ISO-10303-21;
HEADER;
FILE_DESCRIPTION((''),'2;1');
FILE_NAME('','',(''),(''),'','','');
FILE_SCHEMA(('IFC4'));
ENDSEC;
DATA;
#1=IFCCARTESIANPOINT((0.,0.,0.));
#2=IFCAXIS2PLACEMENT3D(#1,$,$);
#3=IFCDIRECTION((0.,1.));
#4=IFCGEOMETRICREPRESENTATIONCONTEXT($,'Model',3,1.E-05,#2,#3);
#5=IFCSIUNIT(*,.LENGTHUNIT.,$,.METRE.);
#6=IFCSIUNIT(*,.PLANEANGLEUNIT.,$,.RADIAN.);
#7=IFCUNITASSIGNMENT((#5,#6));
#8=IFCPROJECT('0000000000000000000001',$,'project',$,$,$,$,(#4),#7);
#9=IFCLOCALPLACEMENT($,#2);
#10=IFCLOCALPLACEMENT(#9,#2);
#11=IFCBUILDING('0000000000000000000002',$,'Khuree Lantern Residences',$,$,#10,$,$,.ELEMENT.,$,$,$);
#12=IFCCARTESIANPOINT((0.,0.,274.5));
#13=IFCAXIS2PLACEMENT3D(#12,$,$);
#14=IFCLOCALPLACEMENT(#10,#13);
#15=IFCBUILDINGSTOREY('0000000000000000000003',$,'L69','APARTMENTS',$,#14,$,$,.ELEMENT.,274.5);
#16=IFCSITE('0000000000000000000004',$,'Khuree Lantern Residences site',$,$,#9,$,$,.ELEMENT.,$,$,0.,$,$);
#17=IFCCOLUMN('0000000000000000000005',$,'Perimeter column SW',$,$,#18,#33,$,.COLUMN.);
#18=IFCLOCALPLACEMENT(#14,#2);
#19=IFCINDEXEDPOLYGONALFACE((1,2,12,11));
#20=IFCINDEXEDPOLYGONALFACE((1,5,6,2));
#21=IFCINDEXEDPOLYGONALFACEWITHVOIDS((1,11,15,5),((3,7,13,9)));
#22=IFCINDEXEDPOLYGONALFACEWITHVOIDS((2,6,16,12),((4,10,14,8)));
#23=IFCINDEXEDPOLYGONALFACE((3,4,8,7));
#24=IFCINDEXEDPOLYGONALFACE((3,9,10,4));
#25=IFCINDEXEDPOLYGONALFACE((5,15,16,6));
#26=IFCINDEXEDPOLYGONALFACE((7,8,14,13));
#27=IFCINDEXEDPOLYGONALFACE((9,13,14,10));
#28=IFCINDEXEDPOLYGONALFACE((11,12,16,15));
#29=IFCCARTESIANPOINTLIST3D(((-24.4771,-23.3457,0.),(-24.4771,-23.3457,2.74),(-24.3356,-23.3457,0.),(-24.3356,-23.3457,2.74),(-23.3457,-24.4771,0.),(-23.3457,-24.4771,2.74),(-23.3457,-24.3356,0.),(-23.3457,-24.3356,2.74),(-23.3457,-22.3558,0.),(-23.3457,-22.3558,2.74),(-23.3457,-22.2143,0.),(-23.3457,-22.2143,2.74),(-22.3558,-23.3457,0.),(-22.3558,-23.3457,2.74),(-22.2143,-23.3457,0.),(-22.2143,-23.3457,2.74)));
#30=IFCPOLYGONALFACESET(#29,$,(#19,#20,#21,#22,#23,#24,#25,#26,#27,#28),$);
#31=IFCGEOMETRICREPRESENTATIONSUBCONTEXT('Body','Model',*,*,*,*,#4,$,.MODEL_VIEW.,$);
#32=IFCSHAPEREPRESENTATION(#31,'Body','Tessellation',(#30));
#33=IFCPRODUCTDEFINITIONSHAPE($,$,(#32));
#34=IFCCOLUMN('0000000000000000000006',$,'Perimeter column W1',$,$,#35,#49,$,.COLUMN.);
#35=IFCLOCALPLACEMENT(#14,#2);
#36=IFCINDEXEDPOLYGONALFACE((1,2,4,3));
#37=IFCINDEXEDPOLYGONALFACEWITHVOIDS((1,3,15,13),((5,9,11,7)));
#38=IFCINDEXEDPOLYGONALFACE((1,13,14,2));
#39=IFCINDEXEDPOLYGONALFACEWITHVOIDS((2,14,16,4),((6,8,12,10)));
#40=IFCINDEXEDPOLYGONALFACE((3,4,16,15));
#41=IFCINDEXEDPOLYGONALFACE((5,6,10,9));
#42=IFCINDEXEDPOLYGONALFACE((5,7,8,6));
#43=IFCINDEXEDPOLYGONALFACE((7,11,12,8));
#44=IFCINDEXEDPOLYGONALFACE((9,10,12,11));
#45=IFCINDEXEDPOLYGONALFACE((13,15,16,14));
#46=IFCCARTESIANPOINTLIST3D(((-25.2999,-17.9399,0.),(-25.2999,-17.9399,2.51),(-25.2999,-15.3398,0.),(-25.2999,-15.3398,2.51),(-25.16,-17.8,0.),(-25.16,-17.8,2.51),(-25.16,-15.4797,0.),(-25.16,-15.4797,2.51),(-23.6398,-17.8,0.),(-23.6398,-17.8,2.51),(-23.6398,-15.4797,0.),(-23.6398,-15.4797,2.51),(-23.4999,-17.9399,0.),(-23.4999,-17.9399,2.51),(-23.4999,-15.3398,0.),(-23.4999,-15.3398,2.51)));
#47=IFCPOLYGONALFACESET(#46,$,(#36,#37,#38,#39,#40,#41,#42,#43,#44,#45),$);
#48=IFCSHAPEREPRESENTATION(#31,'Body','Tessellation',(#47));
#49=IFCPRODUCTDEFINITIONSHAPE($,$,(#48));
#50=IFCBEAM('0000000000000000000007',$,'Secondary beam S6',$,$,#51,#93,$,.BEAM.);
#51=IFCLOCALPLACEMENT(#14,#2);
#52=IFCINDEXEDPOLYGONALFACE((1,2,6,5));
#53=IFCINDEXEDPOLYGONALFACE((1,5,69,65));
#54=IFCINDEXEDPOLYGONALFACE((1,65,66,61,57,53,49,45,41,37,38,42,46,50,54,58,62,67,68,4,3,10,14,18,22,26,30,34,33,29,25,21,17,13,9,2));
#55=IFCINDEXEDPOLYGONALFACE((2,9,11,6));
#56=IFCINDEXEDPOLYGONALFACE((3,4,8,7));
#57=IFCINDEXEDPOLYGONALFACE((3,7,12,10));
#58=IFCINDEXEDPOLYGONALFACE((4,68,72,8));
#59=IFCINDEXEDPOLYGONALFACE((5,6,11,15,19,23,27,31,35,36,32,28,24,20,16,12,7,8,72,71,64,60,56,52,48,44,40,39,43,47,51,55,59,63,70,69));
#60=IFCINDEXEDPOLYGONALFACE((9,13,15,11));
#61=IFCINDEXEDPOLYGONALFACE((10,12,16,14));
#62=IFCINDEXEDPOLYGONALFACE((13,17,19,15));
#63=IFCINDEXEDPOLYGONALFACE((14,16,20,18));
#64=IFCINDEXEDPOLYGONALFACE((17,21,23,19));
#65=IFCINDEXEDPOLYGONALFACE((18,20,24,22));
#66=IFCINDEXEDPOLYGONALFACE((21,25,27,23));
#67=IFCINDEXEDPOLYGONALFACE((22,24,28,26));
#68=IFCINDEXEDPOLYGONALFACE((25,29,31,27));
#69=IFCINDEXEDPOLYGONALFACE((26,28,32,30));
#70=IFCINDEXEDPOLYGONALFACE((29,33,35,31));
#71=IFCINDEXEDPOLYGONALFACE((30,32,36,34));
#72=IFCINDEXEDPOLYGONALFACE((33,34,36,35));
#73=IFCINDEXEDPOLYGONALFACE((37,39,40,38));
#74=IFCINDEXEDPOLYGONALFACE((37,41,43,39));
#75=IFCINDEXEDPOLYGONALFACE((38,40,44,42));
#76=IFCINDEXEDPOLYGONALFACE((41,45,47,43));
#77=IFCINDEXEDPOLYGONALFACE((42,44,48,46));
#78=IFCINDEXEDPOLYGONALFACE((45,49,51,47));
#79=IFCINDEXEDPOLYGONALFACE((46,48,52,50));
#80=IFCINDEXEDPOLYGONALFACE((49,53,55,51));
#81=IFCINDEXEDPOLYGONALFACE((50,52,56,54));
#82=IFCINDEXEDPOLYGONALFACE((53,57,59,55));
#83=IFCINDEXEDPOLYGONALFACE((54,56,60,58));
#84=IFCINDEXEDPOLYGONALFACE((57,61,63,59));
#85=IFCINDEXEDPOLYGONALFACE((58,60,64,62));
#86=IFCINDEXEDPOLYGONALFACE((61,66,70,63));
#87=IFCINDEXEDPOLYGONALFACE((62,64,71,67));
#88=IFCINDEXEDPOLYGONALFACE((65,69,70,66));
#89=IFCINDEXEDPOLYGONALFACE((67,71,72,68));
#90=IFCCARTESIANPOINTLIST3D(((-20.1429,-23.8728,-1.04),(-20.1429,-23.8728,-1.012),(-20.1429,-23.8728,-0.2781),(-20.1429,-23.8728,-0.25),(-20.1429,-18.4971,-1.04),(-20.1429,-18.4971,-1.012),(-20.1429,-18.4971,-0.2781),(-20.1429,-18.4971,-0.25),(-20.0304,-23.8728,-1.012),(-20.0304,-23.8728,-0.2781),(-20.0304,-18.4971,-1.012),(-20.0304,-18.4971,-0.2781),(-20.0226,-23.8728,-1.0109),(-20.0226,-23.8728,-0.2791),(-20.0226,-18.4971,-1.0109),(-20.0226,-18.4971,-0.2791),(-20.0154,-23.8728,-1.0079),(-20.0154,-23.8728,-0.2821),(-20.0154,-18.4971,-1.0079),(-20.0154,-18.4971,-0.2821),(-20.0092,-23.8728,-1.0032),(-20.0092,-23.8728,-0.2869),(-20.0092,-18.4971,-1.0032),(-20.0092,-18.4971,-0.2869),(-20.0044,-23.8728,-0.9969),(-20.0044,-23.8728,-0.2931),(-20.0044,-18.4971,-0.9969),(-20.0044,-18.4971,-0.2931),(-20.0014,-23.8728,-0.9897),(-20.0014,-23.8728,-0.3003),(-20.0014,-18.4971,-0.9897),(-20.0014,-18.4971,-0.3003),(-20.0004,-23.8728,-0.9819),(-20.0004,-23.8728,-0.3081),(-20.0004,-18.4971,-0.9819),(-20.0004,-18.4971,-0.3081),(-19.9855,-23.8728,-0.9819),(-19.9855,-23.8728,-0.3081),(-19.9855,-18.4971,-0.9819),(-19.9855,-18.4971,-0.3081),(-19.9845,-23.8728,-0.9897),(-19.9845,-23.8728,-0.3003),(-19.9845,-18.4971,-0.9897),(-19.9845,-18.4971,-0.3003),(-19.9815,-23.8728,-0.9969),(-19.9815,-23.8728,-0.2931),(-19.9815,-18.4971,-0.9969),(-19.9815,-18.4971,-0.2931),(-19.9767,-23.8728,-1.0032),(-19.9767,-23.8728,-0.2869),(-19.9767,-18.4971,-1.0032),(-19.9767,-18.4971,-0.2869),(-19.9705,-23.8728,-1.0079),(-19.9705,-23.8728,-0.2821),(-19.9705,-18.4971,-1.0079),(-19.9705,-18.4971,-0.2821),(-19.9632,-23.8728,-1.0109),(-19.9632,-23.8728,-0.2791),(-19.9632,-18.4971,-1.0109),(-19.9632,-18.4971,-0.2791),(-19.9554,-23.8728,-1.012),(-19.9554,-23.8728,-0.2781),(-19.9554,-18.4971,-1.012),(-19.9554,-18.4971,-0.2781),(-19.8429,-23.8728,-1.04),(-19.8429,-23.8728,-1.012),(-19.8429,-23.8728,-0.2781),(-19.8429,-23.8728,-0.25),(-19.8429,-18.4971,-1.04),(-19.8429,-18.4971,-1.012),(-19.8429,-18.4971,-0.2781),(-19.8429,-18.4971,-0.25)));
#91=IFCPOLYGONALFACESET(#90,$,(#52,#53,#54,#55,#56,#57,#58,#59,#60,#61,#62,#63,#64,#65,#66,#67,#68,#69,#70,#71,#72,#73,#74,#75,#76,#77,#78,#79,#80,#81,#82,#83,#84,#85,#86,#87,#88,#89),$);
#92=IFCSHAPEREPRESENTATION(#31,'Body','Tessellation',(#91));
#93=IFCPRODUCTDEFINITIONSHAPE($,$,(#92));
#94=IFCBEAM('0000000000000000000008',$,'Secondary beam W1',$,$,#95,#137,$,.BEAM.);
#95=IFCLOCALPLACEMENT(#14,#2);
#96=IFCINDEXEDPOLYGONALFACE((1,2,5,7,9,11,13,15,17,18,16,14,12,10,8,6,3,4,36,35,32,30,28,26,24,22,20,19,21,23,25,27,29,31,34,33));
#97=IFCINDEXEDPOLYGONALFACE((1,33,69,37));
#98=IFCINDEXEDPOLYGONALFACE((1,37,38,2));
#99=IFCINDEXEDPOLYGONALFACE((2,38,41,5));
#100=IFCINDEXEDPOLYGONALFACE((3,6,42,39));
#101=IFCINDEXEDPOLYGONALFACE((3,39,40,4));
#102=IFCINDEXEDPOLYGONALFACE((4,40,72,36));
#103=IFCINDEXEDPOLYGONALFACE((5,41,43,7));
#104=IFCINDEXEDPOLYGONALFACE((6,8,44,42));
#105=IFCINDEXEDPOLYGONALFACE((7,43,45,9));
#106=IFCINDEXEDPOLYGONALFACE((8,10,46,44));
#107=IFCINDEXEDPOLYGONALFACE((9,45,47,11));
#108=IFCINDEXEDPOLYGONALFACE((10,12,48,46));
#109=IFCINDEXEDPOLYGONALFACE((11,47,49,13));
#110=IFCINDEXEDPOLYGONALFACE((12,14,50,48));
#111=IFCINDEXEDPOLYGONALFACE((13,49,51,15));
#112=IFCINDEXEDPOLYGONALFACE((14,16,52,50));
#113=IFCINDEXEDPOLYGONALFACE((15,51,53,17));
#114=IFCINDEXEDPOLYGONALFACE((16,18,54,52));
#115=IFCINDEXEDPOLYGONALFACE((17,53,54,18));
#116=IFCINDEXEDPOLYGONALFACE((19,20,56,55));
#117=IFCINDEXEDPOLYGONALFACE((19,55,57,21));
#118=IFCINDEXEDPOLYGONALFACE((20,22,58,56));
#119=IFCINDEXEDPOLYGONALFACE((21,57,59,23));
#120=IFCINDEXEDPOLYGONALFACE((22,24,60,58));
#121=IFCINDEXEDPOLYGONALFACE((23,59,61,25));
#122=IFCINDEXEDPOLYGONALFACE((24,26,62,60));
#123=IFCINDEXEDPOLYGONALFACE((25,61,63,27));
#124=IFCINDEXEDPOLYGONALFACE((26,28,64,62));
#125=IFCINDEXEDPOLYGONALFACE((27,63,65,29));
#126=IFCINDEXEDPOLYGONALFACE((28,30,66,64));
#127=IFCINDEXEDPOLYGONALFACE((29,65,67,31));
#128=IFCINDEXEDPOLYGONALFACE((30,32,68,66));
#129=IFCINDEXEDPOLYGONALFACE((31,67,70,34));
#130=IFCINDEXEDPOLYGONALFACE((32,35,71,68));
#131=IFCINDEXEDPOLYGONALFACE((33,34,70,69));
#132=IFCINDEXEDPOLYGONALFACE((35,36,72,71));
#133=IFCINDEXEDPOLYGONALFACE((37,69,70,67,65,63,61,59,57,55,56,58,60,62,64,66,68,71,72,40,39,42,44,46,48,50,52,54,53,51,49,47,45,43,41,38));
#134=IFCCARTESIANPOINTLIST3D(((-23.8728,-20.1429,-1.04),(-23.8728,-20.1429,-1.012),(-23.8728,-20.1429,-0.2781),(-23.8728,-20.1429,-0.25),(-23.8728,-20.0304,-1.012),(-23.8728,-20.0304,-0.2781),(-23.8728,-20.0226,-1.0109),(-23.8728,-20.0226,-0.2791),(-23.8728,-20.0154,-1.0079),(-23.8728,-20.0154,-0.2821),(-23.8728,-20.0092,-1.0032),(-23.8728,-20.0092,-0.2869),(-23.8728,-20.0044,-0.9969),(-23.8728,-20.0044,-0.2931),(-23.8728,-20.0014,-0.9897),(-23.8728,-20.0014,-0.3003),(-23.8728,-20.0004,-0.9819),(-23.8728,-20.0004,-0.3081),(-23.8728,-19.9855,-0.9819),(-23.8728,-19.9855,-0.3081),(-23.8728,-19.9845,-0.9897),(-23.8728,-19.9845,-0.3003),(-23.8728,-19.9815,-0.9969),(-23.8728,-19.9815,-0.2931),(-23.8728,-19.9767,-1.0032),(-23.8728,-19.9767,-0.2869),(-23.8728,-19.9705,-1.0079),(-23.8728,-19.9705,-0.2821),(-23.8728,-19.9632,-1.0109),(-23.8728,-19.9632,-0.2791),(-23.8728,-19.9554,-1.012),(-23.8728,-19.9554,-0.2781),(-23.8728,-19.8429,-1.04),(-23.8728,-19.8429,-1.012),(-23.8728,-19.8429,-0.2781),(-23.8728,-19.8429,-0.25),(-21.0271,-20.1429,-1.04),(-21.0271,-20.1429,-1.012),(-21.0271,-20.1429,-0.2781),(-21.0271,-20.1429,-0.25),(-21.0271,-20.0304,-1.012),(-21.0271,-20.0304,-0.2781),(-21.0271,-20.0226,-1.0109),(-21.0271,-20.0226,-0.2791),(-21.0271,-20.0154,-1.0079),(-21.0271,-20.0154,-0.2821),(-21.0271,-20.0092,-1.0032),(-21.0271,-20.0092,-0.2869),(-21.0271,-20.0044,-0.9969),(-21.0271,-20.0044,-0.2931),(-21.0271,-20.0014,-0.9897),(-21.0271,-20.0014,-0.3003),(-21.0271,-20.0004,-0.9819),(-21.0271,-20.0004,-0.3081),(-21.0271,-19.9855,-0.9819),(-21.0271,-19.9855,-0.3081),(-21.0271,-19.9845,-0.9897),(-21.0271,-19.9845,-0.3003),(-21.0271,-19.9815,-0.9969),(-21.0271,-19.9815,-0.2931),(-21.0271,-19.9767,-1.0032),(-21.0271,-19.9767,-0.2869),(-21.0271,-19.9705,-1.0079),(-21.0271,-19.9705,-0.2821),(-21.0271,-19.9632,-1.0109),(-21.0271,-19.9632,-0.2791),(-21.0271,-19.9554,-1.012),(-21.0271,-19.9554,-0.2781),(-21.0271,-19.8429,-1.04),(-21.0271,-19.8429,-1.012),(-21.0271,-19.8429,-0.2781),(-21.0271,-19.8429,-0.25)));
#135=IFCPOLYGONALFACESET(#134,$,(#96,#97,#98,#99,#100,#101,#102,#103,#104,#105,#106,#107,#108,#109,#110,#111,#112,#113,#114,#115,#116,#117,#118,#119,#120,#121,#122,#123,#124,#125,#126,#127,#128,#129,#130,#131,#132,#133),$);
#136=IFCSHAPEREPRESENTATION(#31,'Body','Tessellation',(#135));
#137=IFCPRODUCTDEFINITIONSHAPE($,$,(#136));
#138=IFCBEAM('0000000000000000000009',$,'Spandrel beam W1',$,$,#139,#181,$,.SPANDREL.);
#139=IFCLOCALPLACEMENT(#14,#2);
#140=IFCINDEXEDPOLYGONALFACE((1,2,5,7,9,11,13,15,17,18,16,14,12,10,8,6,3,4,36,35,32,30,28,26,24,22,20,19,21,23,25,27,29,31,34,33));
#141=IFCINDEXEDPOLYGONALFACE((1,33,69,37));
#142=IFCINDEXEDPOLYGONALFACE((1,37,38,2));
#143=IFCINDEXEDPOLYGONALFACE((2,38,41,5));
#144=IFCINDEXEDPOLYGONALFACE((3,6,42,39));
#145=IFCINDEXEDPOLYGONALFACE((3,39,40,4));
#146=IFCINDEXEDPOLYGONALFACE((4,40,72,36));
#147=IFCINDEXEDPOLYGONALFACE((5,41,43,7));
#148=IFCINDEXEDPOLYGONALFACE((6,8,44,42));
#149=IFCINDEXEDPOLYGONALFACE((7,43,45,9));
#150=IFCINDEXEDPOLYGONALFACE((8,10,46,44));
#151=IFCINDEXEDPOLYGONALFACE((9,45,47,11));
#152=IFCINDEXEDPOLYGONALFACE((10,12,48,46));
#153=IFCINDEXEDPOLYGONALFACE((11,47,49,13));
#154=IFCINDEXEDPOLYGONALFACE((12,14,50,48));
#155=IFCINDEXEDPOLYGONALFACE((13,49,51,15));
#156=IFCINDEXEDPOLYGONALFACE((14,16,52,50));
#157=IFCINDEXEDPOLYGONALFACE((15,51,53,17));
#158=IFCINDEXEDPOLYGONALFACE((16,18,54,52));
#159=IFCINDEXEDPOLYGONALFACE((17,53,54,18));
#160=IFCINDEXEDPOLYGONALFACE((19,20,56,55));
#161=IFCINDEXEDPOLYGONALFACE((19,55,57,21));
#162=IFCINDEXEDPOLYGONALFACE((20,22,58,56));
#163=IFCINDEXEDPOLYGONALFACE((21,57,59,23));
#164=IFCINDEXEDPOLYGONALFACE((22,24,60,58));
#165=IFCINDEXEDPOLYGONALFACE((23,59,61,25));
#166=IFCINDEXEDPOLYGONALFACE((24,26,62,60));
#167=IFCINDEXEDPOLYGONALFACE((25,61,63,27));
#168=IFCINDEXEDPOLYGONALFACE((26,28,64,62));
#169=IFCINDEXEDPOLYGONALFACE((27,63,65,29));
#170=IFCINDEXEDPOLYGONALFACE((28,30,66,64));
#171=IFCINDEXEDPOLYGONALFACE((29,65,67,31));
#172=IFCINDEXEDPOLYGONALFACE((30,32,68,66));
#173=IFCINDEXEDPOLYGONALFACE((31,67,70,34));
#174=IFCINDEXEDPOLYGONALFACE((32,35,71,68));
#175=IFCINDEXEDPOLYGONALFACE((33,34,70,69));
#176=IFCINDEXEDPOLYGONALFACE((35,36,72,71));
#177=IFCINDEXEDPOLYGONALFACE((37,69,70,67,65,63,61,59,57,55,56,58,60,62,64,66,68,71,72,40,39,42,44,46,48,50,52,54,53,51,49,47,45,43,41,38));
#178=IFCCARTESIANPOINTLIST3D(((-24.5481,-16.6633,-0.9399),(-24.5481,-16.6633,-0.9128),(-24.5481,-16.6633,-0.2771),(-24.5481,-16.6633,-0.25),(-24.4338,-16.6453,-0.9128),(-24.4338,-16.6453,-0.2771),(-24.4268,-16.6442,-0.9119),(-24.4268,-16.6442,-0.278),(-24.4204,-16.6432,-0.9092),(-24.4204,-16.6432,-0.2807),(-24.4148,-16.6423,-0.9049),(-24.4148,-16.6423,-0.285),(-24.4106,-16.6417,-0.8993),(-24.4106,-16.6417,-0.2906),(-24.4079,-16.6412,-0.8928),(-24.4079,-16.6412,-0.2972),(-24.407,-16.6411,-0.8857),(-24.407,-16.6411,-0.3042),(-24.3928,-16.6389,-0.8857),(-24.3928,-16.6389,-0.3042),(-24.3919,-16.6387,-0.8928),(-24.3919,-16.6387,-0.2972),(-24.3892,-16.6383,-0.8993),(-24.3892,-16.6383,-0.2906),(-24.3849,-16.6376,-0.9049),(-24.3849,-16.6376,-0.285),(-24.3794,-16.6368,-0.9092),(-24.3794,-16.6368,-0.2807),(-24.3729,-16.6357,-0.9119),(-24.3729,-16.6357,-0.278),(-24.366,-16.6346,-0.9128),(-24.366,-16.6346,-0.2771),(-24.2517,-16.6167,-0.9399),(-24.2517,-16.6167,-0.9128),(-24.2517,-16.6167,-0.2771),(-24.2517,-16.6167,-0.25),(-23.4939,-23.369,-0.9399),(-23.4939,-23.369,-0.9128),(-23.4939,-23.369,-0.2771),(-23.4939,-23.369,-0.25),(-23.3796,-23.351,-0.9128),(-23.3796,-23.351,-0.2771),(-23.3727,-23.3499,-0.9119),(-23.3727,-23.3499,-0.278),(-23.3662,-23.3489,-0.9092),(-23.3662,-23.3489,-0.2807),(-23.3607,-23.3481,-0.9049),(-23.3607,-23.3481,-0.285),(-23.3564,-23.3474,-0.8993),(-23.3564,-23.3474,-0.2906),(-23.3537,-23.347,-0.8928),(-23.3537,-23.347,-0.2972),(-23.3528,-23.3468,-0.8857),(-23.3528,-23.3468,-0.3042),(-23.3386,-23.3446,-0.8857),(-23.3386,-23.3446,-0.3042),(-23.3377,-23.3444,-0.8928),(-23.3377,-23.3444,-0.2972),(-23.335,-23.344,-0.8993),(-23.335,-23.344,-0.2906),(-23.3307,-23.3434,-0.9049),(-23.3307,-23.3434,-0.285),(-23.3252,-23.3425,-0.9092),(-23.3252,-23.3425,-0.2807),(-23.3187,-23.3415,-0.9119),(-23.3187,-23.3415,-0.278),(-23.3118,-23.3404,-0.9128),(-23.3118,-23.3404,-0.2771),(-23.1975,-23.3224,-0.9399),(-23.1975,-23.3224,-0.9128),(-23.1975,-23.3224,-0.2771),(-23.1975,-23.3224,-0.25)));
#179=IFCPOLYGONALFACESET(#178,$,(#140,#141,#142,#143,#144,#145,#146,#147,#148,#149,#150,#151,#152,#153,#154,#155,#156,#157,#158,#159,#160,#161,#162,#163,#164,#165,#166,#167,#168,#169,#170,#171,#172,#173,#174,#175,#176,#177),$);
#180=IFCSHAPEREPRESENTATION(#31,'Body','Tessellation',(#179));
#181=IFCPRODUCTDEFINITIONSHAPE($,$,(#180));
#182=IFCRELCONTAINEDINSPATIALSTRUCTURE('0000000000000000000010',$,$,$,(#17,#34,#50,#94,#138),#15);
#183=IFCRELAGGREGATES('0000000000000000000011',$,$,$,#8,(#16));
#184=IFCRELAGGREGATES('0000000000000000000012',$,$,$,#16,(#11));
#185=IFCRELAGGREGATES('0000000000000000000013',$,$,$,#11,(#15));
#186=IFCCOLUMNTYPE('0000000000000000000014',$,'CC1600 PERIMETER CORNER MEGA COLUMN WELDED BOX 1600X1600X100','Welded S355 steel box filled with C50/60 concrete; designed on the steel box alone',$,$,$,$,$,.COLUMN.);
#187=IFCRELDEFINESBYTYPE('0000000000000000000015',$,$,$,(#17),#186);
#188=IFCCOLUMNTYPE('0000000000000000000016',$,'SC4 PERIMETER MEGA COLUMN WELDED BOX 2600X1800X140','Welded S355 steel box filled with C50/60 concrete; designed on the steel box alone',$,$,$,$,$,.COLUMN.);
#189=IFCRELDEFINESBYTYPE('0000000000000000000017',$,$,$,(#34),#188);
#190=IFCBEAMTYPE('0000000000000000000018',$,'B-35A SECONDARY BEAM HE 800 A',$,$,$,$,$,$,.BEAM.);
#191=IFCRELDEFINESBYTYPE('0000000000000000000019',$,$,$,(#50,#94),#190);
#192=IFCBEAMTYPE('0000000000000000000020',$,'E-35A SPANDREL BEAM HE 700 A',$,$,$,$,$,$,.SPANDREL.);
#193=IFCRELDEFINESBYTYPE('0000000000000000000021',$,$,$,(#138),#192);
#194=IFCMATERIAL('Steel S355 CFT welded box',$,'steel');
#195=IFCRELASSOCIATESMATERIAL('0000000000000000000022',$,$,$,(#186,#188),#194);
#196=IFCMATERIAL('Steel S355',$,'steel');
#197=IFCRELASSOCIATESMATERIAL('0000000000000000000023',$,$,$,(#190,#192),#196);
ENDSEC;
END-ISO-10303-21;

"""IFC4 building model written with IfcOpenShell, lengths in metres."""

from ifc_helpers import new_model, si_unit, direction, frame, origin, origin_2d, place, context, subcontext, project, spatial, hollow_rectangle, i_section, extrude, material, material_profile, profile_set, type_object, element, save


model = new_model("IFC4")

# Units and contexts
model_context = context("Model", 3, precision=1e-05, world=origin(), true_north=direction((0.0, 1.0)))
body_context = subcontext(model_context, "Body", "Model", "MODEL_VIEW")
ifc_project = project(units=[si_unit("LENGTHUNIT", "METRE"), si_unit("PLANEANGLEUNIT", "RADIAN")], contexts=[model_context])

# Site, building, storey
site_placement = place(None, origin())
site = spatial("IfcSite", under=ifc_project, at=site_placement, Name="Khuree Lantern Residences site", CompositionType="ELEMENT", RefElevation=0.0)
building_placement = place(site_placement, origin())
building = spatial("IfcBuilding", under=site, at=building_placement, Name="Khuree Lantern Residences", CompositionType="ELEMENT")
storey_placement = place(building_placement, frame((0.0, 0.0, 274.5)))
storey = spatial("IfcBuildingStorey", under=building, at=storey_placement, Name="L69", Description="APARTMENTS", CompositionType="ELEMENT", Elevation=274.5)

# Columns
ifc_material_1 = material(Name="Steel S355 CFT welded box", Category="steel")
ifc_material_profile_1 = material_profile(ifc_material_1, hollow_rectangle(XDim=1.6001, YDim=1.6001, WallThickness=0.1001, at=origin_2d()), Name="WELDED BOX 1600X1600X100")
ifc_profile_set_1 = profile_set([ifc_material_profile_1], Name="Steel S355 CFT welded box")
column_type_1 = type_object("IfcColumnType", Name="CC1600 PERIMETER CORNER MEGA COLUMN WELDED BOX 1600X1600X100", Description="Welded S355 steel box filled with C50/60 concrete; designed on the steel box alone", PredefinedType="COLUMN", material=ifc_profile_set_1)
column_1_placement = place(storey_placement, frame((-23.3457, -23.3457, 0.0), z_axis=(0.0, 0.0, 1.0), x_axis=(0.707107, -0.707107, 0.0)))
element("IfcColumn", 1, at=column_1_placement, inside=storey, type_object=column_type_1, Name="Perimeter column SW", PredefinedType="COLUMN", context=body_context, shape_type="SweptSolid", body=[
    extrude(hollow_rectangle(XDim=1.6001, YDim=1.6001, WallThickness=0.1001, at=origin_2d()), origin(), (0.0, 0.0, 1.0), 2.74),
])
ifc_material_profile_2 = material_profile(ifc_material_1, hollow_rectangle(XDim=2.6001, YDim=1.8, WallThickness=0.1399, at=origin_2d()), Name="WELDED BOX 2600X1800X140")
ifc_profile_set_2 = profile_set([ifc_material_profile_2], Name="Steel S355 CFT welded box")
column_type_2 = type_object("IfcColumnType", Name="SC4 PERIMETER MEGA COLUMN WELDED BOX 2600X1800X140", Description="Welded S355 steel box filled with C50/60 concrete; designed on the steel box alone", PredefinedType="COLUMN", material=ifc_profile_set_2)
column_2_placement = place(storey_placement, frame((-24.3999, -16.6399, 0.0), z_axis=(0.0, 0.0, 1.0), x_axis=(0.0, 1.0, 0.0)))
element("IfcColumn", 2, at=column_2_placement, inside=storey, type_object=column_type_2, Name="Perimeter column W1", PredefinedType="COLUMN", context=body_context, shape_type="SweptSolid", body=[
    extrude(hollow_rectangle(XDim=2.6001, YDim=1.8, WallThickness=0.1399, at=origin_2d()), origin(), (0.0, 0.0, 1.0), 2.51),
])

# Beams
ifc_material_2 = material(Name="Steel S355", Category="steel")
ifc_material_profile_3 = material_profile(ifc_material_2, i_section(OverallWidth=0.3, OverallDepth=0.79, WebThickness=0.0149, FlangeThickness=0.0281, FilletRadius=0.03, at=origin_2d()), Name="HE 800 A")
ifc_profile_set_3 = profile_set([ifc_material_profile_3], Name="Steel S355")
beam_type_1 = type_object("IfcBeamType", Name="B-35A SECONDARY BEAM HE 800 A", PredefinedType="BEAM", material=ifc_profile_set_3)
beam_1_placement = place(storey_placement, frame((-19.9929, -23.8728, -0.645), z_axis=(0.0, 1.0, 0.0), x_axis=(-1.0, 0.0, 0.0)))
element("IfcBeam", 3, at=beam_1_placement, inside=storey, type_object=beam_type_1, Name="Secondary beam S6", PredefinedType="BEAM", context=body_context, shape_type="SweptSolid", body=[
    extrude(i_section(OverallWidth=0.3, OverallDepth=0.79, WebThickness=0.0149, FlangeThickness=0.0281, FilletRadius=0.03, at=origin_2d()), origin(), (0.0, 0.0, 1.0), 5.3757),
])
beam_2_placement = place(storey_placement, frame((-23.8728, -19.9929, -0.645), z_axis=(1.0, 0.0, 0.0), x_axis=(0.0, 1.0, 0.0)))
element("IfcBeam", 4, at=beam_2_placement, inside=storey, type_object=beam_type_1, Name="Secondary beam W1", PredefinedType="BEAM", context=body_context, shape_type="SweptSolid", body=[
    extrude(i_section(OverallWidth=0.3, OverallDepth=0.79, WebThickness=0.0149, FlangeThickness=0.0281, FilletRadius=0.03, at=origin_2d()), origin(), (0.0, 0.0, 1.0), 2.8457),
])
ifc_material_profile_4 = material_profile(ifc_material_2, i_section(OverallWidth=0.3, OverallDepth=0.6899, WebThickness=0.0144, FlangeThickness=0.0271, FilletRadius=0.0271, at=origin_2d()), Name="HE 700 A")
ifc_profile_set_4 = profile_set([ifc_material_profile_4], Name="Steel S355")
beam_type_2 = type_object("IfcBeamType", Name="E-35A SPANDREL BEAM HE 700 A", PredefinedType="SPANDREL", material=ifc_profile_set_4)
beam_3_placement = place(storey_placement, frame((-23.3457, -23.3457, -0.595), z_axis=(-0.1553, 0.987867, 0.0), x_axis=(-0.987867, -0.1553, 0.0)))
element("IfcBeam", 5, at=beam_3_placement, inside=storey, type_object=beam_type_2, Name="Spandrel beam W1", PredefinedType="SPANDREL", context=body_context, shape_type="SweptSolid", body=[
    extrude(i_section(OverallWidth=0.3, OverallDepth=0.6899, WebThickness=0.0144, FlangeThickness=0.0271, FilletRadius=0.0271, at=origin_2d()), origin(), (0.0, 0.0, 1.0), 6.7881),
])

save(model, "model.ifc")
